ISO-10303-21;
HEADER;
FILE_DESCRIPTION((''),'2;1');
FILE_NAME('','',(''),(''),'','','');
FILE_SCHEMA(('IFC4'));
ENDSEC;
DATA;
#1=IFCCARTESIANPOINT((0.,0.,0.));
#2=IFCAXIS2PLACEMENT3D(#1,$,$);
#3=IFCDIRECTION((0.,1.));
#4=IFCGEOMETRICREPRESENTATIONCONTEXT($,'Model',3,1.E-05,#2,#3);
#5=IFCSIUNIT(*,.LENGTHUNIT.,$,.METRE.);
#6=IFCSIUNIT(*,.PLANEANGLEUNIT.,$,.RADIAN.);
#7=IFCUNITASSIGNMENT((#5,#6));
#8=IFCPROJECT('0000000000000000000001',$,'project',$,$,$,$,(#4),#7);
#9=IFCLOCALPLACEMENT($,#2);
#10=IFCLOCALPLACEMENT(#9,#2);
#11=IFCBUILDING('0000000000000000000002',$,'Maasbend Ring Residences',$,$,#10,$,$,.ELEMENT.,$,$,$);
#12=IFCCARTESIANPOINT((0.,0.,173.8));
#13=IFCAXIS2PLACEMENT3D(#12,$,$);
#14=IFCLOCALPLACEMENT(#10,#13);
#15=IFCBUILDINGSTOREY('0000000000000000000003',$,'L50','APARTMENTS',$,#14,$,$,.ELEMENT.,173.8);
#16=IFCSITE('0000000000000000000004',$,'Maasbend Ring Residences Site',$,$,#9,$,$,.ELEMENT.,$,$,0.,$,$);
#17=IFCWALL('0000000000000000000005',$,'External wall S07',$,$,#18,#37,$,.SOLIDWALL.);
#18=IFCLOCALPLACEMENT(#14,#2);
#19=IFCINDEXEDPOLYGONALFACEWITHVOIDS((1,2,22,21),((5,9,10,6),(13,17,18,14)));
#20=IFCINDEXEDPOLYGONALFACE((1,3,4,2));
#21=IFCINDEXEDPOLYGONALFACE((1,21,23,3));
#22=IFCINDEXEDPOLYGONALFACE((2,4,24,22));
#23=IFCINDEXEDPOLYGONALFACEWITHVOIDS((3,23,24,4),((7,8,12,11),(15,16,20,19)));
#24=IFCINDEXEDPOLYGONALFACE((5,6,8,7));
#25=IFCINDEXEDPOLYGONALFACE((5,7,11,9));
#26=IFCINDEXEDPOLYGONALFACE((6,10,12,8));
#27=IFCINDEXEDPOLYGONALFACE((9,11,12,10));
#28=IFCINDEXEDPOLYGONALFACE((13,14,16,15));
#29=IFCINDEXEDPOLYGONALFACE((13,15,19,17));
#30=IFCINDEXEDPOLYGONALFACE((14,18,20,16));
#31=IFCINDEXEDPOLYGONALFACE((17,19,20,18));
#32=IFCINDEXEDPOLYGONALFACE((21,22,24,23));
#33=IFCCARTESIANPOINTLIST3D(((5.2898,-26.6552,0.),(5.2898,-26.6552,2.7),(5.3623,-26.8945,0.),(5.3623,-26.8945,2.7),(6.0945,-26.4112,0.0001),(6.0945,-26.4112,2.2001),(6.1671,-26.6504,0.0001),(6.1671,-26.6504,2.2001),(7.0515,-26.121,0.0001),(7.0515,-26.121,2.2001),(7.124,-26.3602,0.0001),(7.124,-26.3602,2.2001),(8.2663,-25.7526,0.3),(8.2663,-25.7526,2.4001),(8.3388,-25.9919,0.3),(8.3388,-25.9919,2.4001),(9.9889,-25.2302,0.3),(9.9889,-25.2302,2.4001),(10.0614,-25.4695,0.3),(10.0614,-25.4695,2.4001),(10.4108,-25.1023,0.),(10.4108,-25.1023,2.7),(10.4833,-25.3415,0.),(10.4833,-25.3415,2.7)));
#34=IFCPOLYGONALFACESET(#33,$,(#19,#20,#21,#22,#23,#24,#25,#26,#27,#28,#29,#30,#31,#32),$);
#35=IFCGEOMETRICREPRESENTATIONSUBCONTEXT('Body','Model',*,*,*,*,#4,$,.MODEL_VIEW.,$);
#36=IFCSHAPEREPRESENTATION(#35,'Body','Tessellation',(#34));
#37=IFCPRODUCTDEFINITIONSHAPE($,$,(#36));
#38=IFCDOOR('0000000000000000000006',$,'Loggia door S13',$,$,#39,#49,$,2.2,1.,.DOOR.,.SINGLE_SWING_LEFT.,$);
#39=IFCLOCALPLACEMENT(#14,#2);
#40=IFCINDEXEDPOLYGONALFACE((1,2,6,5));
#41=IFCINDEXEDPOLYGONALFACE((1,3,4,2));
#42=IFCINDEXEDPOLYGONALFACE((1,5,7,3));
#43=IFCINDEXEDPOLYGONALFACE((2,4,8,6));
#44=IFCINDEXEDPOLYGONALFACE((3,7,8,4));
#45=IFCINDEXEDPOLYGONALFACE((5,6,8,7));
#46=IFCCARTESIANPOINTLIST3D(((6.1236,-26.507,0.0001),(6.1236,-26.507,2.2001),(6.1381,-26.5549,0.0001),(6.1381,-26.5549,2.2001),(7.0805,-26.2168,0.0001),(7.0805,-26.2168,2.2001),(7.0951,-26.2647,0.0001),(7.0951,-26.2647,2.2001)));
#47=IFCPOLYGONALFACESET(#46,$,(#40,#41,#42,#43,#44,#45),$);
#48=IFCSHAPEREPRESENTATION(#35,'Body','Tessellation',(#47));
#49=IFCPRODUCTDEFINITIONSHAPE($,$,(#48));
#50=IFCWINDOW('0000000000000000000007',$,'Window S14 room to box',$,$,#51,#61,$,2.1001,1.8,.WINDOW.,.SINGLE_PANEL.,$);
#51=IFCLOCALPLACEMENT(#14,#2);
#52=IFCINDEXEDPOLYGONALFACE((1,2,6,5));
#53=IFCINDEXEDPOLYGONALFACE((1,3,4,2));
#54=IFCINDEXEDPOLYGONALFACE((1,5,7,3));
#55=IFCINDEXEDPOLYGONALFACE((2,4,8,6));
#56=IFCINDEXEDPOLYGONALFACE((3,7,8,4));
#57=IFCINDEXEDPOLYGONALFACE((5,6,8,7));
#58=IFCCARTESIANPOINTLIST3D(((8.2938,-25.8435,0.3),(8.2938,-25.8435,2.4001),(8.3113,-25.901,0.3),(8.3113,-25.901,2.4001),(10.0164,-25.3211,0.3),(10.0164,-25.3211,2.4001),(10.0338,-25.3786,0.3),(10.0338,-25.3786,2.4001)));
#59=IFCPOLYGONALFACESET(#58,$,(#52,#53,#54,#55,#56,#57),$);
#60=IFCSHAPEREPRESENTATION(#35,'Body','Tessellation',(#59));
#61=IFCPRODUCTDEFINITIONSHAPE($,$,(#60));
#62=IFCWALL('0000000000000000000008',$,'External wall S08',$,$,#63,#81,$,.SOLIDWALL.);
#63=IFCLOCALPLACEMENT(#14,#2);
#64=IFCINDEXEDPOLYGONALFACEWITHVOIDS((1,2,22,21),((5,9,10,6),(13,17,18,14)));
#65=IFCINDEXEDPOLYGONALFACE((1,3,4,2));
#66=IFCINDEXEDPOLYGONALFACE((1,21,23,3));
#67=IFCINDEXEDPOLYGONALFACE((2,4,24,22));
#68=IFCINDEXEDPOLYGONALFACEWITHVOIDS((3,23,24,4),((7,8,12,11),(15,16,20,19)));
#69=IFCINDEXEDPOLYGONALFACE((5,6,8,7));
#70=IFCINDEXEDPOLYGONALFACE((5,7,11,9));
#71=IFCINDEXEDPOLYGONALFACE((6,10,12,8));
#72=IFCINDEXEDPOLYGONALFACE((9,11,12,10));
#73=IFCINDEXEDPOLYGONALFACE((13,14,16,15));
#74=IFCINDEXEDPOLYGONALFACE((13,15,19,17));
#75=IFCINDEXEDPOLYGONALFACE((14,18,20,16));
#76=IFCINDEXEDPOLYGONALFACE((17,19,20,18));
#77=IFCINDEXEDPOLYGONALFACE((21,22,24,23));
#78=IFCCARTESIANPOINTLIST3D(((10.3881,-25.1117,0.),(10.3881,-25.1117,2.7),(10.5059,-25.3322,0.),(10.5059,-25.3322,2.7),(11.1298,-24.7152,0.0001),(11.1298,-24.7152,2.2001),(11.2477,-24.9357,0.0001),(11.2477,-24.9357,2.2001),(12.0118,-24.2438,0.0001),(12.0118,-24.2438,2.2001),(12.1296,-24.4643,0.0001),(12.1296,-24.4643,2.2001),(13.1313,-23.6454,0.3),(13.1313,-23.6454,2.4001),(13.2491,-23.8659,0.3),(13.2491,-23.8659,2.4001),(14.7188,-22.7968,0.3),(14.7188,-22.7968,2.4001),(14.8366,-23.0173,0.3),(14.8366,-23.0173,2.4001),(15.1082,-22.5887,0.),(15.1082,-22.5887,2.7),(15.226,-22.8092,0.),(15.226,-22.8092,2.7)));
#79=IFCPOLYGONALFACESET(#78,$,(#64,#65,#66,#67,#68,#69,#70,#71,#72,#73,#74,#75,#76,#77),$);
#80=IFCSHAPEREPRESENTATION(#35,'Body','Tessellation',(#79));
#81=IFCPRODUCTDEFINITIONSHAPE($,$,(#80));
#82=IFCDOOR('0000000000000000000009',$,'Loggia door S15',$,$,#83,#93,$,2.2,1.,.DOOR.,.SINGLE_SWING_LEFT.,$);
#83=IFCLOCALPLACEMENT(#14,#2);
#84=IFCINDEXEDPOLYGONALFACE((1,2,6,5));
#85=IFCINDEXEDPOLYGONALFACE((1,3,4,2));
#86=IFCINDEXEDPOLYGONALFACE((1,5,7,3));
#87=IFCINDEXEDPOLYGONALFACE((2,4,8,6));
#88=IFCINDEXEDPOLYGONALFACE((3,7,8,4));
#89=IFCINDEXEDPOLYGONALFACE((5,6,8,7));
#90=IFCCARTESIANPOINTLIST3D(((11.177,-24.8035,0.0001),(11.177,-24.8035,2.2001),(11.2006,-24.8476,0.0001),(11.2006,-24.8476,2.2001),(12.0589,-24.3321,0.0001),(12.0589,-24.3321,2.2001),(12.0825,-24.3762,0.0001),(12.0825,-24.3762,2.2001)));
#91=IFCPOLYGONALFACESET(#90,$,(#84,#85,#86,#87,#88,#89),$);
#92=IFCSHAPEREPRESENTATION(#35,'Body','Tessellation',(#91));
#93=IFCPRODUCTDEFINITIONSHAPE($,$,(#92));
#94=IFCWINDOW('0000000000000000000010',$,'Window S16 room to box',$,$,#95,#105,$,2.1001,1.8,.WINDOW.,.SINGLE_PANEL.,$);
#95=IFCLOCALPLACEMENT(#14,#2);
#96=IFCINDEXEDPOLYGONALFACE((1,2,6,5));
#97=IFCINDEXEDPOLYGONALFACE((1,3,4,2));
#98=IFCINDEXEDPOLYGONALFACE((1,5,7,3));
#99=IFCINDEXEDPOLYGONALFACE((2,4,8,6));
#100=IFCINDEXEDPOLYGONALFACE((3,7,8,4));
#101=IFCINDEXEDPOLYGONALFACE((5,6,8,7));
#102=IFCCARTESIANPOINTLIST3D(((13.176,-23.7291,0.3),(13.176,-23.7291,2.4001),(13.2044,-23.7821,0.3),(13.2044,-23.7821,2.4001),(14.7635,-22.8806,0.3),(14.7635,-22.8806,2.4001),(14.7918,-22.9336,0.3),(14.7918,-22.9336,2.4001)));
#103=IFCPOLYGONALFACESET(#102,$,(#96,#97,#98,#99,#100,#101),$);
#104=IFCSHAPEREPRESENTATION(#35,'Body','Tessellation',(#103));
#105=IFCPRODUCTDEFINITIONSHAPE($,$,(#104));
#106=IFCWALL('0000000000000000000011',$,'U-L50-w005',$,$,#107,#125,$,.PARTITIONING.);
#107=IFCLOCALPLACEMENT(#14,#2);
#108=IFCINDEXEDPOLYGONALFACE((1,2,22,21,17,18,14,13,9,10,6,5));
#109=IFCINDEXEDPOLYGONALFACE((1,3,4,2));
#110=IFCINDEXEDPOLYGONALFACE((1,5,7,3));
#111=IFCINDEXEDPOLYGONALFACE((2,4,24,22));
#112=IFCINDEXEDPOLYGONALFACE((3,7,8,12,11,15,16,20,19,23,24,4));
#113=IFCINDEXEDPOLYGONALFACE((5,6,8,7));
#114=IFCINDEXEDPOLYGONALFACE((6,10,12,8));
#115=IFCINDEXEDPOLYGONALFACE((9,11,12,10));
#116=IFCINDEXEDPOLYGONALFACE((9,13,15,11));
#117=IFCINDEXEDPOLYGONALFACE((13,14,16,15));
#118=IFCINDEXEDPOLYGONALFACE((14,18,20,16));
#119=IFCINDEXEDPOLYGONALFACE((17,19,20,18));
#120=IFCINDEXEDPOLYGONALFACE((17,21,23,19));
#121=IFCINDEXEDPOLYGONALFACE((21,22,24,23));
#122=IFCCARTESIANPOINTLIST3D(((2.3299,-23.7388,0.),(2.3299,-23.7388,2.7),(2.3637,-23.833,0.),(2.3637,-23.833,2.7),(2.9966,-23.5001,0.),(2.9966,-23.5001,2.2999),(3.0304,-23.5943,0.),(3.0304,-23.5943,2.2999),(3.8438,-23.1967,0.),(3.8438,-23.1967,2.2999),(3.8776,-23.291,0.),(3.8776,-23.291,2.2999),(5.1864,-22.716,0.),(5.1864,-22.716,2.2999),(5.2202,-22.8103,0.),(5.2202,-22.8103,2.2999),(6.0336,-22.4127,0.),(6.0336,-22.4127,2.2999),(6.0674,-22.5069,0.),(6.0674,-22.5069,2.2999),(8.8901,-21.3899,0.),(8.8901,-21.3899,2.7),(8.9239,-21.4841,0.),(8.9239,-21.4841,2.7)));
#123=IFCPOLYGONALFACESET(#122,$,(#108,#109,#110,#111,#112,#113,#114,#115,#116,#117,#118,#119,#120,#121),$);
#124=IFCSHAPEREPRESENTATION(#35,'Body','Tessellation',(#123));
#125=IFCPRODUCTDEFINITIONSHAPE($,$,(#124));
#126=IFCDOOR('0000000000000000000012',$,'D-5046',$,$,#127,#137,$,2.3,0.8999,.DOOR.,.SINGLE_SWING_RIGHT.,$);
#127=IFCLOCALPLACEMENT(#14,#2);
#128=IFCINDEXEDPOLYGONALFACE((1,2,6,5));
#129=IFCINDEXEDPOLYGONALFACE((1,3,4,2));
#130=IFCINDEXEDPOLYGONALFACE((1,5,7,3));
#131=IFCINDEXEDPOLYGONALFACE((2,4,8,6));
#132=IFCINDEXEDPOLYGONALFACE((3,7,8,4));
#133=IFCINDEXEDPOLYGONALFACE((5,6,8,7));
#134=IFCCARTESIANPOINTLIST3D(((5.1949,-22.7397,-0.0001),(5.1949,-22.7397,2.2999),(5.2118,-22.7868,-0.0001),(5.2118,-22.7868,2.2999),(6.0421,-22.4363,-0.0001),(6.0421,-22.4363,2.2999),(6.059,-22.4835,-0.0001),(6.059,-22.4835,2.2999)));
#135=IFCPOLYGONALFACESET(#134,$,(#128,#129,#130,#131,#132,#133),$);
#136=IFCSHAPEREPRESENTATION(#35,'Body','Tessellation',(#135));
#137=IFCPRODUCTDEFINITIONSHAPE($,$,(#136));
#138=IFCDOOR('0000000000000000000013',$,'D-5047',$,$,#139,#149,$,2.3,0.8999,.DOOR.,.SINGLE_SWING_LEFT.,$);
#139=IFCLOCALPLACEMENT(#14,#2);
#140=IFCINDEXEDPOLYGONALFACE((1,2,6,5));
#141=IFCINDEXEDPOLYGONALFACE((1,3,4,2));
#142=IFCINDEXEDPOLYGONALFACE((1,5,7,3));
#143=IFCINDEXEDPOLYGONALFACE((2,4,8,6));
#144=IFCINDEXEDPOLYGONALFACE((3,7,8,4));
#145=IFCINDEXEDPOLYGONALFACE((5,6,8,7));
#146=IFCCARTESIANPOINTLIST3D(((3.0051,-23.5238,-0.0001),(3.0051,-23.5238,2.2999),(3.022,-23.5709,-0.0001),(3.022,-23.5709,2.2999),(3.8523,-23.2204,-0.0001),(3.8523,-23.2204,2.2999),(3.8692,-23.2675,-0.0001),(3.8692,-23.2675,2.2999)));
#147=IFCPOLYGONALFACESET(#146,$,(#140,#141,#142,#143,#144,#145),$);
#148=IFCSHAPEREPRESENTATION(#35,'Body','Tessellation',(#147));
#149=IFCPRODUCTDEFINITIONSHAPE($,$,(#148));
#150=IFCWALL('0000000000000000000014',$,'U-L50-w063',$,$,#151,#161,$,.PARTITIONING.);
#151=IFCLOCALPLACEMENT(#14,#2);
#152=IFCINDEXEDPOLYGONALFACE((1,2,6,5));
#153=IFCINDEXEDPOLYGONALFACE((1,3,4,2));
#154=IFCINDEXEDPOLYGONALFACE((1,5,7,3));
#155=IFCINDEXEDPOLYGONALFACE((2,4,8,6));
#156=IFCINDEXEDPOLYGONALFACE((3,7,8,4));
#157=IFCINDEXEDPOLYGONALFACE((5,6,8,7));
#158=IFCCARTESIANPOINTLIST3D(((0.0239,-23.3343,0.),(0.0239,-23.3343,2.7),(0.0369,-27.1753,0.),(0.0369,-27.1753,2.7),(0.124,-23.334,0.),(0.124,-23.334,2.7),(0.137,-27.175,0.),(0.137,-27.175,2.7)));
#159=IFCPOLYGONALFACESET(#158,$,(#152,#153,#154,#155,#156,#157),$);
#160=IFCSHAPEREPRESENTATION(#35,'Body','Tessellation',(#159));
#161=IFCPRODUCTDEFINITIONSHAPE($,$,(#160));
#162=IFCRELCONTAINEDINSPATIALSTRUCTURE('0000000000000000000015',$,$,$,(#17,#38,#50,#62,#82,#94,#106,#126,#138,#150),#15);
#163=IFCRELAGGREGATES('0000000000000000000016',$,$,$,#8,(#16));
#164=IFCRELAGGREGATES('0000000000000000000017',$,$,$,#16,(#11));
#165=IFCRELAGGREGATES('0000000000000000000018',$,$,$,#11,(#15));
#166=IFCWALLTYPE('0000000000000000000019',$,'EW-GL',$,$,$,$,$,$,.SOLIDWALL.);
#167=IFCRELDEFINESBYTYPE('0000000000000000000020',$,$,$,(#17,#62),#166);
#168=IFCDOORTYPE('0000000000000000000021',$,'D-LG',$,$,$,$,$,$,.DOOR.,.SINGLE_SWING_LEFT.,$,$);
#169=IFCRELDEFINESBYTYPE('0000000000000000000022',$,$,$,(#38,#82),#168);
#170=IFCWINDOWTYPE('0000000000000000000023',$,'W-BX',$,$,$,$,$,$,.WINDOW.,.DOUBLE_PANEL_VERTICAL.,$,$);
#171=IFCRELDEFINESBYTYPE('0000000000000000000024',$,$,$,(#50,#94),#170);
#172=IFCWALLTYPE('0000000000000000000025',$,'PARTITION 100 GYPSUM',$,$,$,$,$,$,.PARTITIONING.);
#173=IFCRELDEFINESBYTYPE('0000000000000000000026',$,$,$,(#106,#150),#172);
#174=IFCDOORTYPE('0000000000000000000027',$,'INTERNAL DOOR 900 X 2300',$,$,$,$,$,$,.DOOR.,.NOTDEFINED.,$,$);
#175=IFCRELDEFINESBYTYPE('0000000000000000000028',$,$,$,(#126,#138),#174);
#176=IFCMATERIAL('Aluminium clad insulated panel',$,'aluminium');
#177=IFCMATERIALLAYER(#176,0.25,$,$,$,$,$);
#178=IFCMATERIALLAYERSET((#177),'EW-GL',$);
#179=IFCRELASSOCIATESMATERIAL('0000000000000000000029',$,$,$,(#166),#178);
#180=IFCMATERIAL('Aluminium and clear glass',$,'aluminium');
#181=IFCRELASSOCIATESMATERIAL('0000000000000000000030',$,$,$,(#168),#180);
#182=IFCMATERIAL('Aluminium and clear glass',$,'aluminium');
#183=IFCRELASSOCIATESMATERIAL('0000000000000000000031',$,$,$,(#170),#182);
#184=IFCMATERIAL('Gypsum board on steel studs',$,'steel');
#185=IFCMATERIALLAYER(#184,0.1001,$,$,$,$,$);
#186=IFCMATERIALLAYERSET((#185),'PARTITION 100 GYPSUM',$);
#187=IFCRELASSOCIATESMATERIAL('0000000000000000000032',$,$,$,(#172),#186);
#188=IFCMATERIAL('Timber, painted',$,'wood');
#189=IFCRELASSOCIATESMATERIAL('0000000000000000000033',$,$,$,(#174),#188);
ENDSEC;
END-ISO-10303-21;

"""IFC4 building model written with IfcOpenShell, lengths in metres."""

from ifc_helpers import new_model, si_unit, direction, frame, frame_2d, origin, place, context, subcontext, project, spatial, rectangle, extrude, material, layer, layer_set, type_object, element, fill, save


model = new_model("IFC4")

# Units and contexts
model_context = context("Model", 3, precision=1e-05, world=origin(), true_north=direction((0.0, 1.0)))
body_context = subcontext(model_context, "Body", "Model", "MODEL_VIEW")
ifc_project = project(units=[si_unit("LENGTHUNIT", "METRE"), si_unit("PLANEANGLEUNIT", "RADIAN")], contexts=[model_context])

# Site, building, storey
site_placement = place(None, origin())
site = spatial("IfcSite", under=ifc_project, at=site_placement, Name="Maasbend Ring Residences Site", CompositionType="ELEMENT", RefElevation=0.0)
building_placement = place(site_placement, origin())
building = spatial("IfcBuilding", under=site, at=building_placement, Name="Maasbend Ring Residences", CompositionType="ELEMENT")
storey_placement = place(building_placement, frame((0.0, 0.0, 173.8)))
storey = spatial("IfcBuildingStorey", under=building, at=storey_placement, Name="L50", Description="APARTMENTS", CompositionType="ELEMENT", Elevation=173.8)

# Walls, openings, doors, windows
ifc_material_1 = material(Name="Aluminium clad insulated panel", Category="aluminium")
ifc_layer_1 = layer(ifc_material_1, 0.25)
ifc_layer_set_1 = layer_set([ifc_layer_1], Name="EW-GL")
wall_type_1 = type_object("IfcWallType", Name="EW-GL", PredefinedType="SOLIDWALL", material=ifc_layer_set_1)
wall_1_placement = place(storey_placement, frame((5.3259, -26.7749, 0.0), z_axis=(0.0, 0.0, 1.0), x_axis=(0.956966, 0.290201, 0.0)))
wall_1 = element("IfcWall", 1, at=wall_1_placement, inside=storey, type_object=wall_type_1, Name="External wall S07", PredefinedType="SOLIDWALL", context=body_context, shape_type="SweptSolid", body=[
    extrude(rectangle(XDim=5.3513, YDim=0.25, at=frame_2d((2.6758, 0.0))), origin(), (0.0, 0.0, 1.0), 2.7),
])
opening_1_placement = place(wall_1_placement, frame((0.8411, 0.0, 0.0)))
opening_1 = element("IfcOpeningElement", 2, at=opening_1_placement, cuts=wall_1, PredefinedType="OPENING", context=body_context, shape_type="SweptSolid", body=[
    extrude(rectangle(XDim=1.0, YDim=2.2, at=frame_2d((0.5, 1.1001))), frame((0.0, 0.135, 0.0), z_axis=(0.0, -1.0, 0.0), x_axis=(1.0, 0.0, 0.0)), (0.0, 0.0, 1.0), 0.27),
])
opening_2_placement = place(wall_1_placement, frame((3.1106, 0.0, 0.3)))
opening_2 = element("IfcOpeningElement", 3, at=opening_2_placement, cuts=wall_1, PredefinedType="OPENING", context=body_context, shape_type="SweptSolid", body=[
    extrude(rectangle(XDim=1.8, YDim=2.1001, at=frame_2d((0.8999, 1.05))), frame((0.0, 0.135, 0.0), z_axis=(0.0, -1.0, 0.0), x_axis=(1.0, 0.0, 0.0)), (0.0, 0.0, 1.0), 0.27),
])
ifc_material_2 = material(Name="Aluminium and clear glass", Category="aluminium")
door_type_1 = type_object("IfcDoorType", Name="D-LG", OperationType="SINGLE_SWING_LEFT", PredefinedType="DOOR", material=ifc_material_2)
door_1_placement = place(opening_1_placement, origin())
door_1 = element("IfcDoor", 4, at=door_1_placement, inside=storey, type_object=door_type_1, Name="Loggia door S13", OperationType="SINGLE_SWING_LEFT", OverallHeight=2.2, OverallWidth=1.0, PredefinedType="DOOR", context=body_context, shape_type="SweptSolid", body=[
    extrude(rectangle(XDim=1.0, YDim=2.2, at=frame_2d((0.5, 1.1001))), frame((0.0, 0.0249, 0.0), z_axis=(0.0, -1.0, 0.0), x_axis=(1.0, 0.0, 0.0)), (0.0, 0.0, 1.0), 0.05),
])
fill(opening_1, door_1)
ifc_material_3 = material(Name="Aluminium and clear glass", Category="aluminium")
window_type_1 = type_object("IfcWindowType", Name="W-BX", PartitioningType="DOUBLE_PANEL_VERTICAL", PredefinedType="WINDOW", material=ifc_material_3)
window_1_placement = place(opening_2_placement, origin())
window_1 = element("IfcWindow", 5, at=window_1_placement, inside=storey, type_object=window_type_1, Name="Window S14 room to box", OverallHeight=2.1001, OverallWidth=1.8, PartitioningType="SINGLE_PANEL", PredefinedType="WINDOW", context=body_context, shape_type="SweptSolid", body=[
    extrude(rectangle(XDim=1.8, YDim=2.1001, at=frame_2d((0.8999, 1.05))), frame((0.0, 0.03, 0.0), z_axis=(0.0, -1.0, 0.0), x_axis=(1.0, 0.0, 0.0)), (0.0, 0.0, 1.0), 0.0601),
])
fill(opening_2, window_1)
wall_2_placement = place(storey_placement, frame((10.447, -25.2219, 0.0), z_axis=(0.0, 0.0, 1.0), x_axis=(0.881916, 0.471407, 0.0)))
wall_2 = element("IfcWall", 6, at=wall_2_placement, inside=storey, type_object=wall_type_1, Name="External wall S08", PredefinedType="SOLIDWALL", context=body_context, shape_type="SweptSolid", body=[
    extrude(rectangle(XDim=5.3521, YDim=0.25, at=frame_2d((2.676, 0.0))), origin(), (0.0, 0.0, 1.0), 2.7),
])
opening_3_placement = place(wall_2_placement, frame((0.8411, 0.0, 0.0)))
opening_3 = element("IfcOpeningElement", 7, at=opening_3_placement, cuts=wall_2, PredefinedType="OPENING", context=body_context, shape_type="SweptSolid", body=[
    extrude(rectangle(XDim=1.0, YDim=2.2, at=frame_2d((0.5, 1.1001))), frame((0.0, 0.135, 0.0), z_axis=(0.0, -1.0, 0.0), x_axis=(1.0, 0.0, 0.0)), (0.0, 0.0, 1.0), 0.27),
])
opening_4_placement = place(wall_2_placement, frame((3.1106, 0.0, 0.3)))
opening_4 = element("IfcOpeningElement", 8, at=opening_4_placement, cuts=wall_2, PredefinedType="OPENING", context=body_context, shape_type="SweptSolid", body=[
    extrude(rectangle(XDim=1.8, YDim=2.1001, at=frame_2d((0.8999, 1.05))), frame((0.0, 0.135, 0.0), z_axis=(0.0, -1.0, 0.0), x_axis=(1.0, 0.0, 0.0)), (0.0, 0.0, 1.0), 0.27),
])
door_2_placement = place(opening_3_placement, origin())
door_2 = element("IfcDoor", 9, at=door_2_placement, inside=storey, type_object=door_type_1, Name="Loggia door S15", OperationType="SINGLE_SWING_LEFT", OverallHeight=2.2, OverallWidth=1.0, PredefinedType="DOOR", context=body_context, shape_type="SweptSolid", body=[
    extrude(rectangle(XDim=1.0, YDim=2.2, at=frame_2d((0.5, 1.1001))), frame((0.0, 0.0249, 0.0), z_axis=(0.0, -1.0, 0.0), x_axis=(1.0, 0.0, 0.0)), (0.0, 0.0, 1.0), 0.05),
])
fill(opening_3, door_2)
window_2_placement = place(opening_4_placement, origin())
window_2 = element("IfcWindow", 10, at=window_2_placement, inside=storey, type_object=window_type_1, Name="Window S16 room to box", OverallHeight=2.1001, OverallWidth=1.8, PartitioningType="SINGLE_PANEL", PredefinedType="WINDOW", context=body_context, shape_type="SweptSolid", body=[
    extrude(rectangle(XDim=1.8, YDim=2.1001, at=frame_2d((0.8999, 1.05))), frame((0.0, 0.03, 0.0), z_axis=(0.0, -1.0, 0.0), x_axis=(1.0, 0.0, 0.0)), (0.0, 0.0, 1.0), 0.0601),
])
fill(opening_4, window_2)

# Wall, openings, doors
ifc_material_4 = material(Name="Gypsum board on steel studs", Category="steel")
ifc_layer_2 = layer(ifc_material_4, 0.1001)
ifc_layer_set_2 = layer_set([ifc_layer_2], Name="PARTITION 100 GYPSUM")
wall_type_2 = type_object("IfcWallType", Name="PARTITION 100 GYPSUM", PredefinedType="PARTITIONING", material=ifc_layer_set_2)
wall_3_placement = place(storey_placement, frame((2.3469, -23.7859, 0.0), z_axis=(0.0, 0.0, 1.0), x_axis=(0.941469, 0.3371, 0.0)))
wall_3 = element("IfcWall", 11, at=wall_3_placement, inside=storey, type_object=wall_type_2, Name="U-L50-w005", PredefinedType="PARTITIONING", context=body_context, shape_type="SweptSolid", body=[
    extrude(rectangle(XDim=6.968, YDim=0.1001, at=frame_2d((3.4839, 0.0))), origin(), (0.0, 0.0, 1.0), 2.7),
])
opening_5_placement = place(wall_3_placement, frame((3.0339, 0.0, 0.0)))
opening_5 = element("IfcOpeningElement", 12, at=opening_5_placement, cuts=wall_3, PredefinedType="OPENING", context=body_context, shape_type="SweptSolid", body=[
    extrude(rectangle(XDim=0.8999, YDim=2.3, at=frame_2d((0.45, 1.1499))), frame((0.0, 0.0601, 0.0), z_axis=(0.0, -1.0, 0.0), x_axis=(1.0, 0.0, 0.0)), (0.0, 0.0, 1.0), 0.1201),
])
opening_6_placement = place(wall_3_placement, frame((0.708, 0.0, 0.0)))
opening_6 = element("IfcOpeningElement", 13, at=opening_6_placement, cuts=wall_3, PredefinedType="OPENING", context=body_context, shape_type="SweptSolid", body=[
    extrude(rectangle(XDim=0.8999, YDim=2.3, at=frame_2d((0.45, 1.1499))), frame((0.0, 0.0601, 0.0), z_axis=(0.0, -1.0, 0.0), x_axis=(1.0, 0.0, 0.0)), (0.0, 0.0, 1.0), 0.1201),
])
ifc_material_5 = material(Name="Timber, painted", Category="wood")
door_type_2 = type_object("IfcDoorType", Name="INTERNAL DOOR 900 X 2300", OperationType="NOTDEFINED", PredefinedType="DOOR", material=ifc_material_5)
door_3_placement = place(opening_5_placement, origin())
door_3 = element("IfcDoor", 14, at=door_3_placement, inside=storey, type_object=door_type_2, Name="D-5046", OperationType="SINGLE_SWING_RIGHT", OverallHeight=2.3, OverallWidth=0.8999, PredefinedType="DOOR", context=body_context, shape_type="SweptSolid", body=[
    extrude(rectangle(XDim=0.8999, YDim=2.3, at=frame_2d((0.45, 1.1499))), frame((0.0, 0.0249, 0.0), z_axis=(0.0, -1.0, 0.0), x_axis=(1.0, 0.0, 0.0)), (0.0, 0.0, 1.0), 0.05),
])
fill(opening_5, door_3)
door_4_placement = place(opening_6_placement, origin())
door_4 = element("IfcDoor", 15, at=door_4_placement, inside=storey, type_object=door_type_2, Name="D-5047", OperationType="SINGLE_SWING_LEFT", OverallHeight=2.3, OverallWidth=0.8999, PredefinedType="DOOR", context=body_context, shape_type="SweptSolid", body=[
    extrude(rectangle(XDim=0.8999, YDim=2.3, at=frame_2d((0.45, 1.1499))), frame((0.0, 0.0249, 0.0), z_axis=(0.0, -1.0, 0.0), x_axis=(1.0, 0.0, 0.0)), (0.0, 0.0, 1.0), 0.05),
])
fill(opening_6, door_4)

# Wall
wall_4_placement = place(storey_placement, frame((0.0869, -27.175, 0.0), z_axis=(0.0, 0.0, 1.0), x_axis=(-0.003369, 0.999994, 0.0)))
element("IfcWall", 16, at=wall_4_placement, inside=storey, type_object=wall_type_2, Name="U-L50-w063", PredefinedType="PARTITIONING", context=body_context, shape_type="SweptSolid", body=[
    extrude(rectangle(XDim=3.8411, YDim=0.1001, at=frame_2d((1.9204, 0.0))), origin(), (0.0, 0.0, 1.0), 2.7),
])

save(model, "model.ifc")
